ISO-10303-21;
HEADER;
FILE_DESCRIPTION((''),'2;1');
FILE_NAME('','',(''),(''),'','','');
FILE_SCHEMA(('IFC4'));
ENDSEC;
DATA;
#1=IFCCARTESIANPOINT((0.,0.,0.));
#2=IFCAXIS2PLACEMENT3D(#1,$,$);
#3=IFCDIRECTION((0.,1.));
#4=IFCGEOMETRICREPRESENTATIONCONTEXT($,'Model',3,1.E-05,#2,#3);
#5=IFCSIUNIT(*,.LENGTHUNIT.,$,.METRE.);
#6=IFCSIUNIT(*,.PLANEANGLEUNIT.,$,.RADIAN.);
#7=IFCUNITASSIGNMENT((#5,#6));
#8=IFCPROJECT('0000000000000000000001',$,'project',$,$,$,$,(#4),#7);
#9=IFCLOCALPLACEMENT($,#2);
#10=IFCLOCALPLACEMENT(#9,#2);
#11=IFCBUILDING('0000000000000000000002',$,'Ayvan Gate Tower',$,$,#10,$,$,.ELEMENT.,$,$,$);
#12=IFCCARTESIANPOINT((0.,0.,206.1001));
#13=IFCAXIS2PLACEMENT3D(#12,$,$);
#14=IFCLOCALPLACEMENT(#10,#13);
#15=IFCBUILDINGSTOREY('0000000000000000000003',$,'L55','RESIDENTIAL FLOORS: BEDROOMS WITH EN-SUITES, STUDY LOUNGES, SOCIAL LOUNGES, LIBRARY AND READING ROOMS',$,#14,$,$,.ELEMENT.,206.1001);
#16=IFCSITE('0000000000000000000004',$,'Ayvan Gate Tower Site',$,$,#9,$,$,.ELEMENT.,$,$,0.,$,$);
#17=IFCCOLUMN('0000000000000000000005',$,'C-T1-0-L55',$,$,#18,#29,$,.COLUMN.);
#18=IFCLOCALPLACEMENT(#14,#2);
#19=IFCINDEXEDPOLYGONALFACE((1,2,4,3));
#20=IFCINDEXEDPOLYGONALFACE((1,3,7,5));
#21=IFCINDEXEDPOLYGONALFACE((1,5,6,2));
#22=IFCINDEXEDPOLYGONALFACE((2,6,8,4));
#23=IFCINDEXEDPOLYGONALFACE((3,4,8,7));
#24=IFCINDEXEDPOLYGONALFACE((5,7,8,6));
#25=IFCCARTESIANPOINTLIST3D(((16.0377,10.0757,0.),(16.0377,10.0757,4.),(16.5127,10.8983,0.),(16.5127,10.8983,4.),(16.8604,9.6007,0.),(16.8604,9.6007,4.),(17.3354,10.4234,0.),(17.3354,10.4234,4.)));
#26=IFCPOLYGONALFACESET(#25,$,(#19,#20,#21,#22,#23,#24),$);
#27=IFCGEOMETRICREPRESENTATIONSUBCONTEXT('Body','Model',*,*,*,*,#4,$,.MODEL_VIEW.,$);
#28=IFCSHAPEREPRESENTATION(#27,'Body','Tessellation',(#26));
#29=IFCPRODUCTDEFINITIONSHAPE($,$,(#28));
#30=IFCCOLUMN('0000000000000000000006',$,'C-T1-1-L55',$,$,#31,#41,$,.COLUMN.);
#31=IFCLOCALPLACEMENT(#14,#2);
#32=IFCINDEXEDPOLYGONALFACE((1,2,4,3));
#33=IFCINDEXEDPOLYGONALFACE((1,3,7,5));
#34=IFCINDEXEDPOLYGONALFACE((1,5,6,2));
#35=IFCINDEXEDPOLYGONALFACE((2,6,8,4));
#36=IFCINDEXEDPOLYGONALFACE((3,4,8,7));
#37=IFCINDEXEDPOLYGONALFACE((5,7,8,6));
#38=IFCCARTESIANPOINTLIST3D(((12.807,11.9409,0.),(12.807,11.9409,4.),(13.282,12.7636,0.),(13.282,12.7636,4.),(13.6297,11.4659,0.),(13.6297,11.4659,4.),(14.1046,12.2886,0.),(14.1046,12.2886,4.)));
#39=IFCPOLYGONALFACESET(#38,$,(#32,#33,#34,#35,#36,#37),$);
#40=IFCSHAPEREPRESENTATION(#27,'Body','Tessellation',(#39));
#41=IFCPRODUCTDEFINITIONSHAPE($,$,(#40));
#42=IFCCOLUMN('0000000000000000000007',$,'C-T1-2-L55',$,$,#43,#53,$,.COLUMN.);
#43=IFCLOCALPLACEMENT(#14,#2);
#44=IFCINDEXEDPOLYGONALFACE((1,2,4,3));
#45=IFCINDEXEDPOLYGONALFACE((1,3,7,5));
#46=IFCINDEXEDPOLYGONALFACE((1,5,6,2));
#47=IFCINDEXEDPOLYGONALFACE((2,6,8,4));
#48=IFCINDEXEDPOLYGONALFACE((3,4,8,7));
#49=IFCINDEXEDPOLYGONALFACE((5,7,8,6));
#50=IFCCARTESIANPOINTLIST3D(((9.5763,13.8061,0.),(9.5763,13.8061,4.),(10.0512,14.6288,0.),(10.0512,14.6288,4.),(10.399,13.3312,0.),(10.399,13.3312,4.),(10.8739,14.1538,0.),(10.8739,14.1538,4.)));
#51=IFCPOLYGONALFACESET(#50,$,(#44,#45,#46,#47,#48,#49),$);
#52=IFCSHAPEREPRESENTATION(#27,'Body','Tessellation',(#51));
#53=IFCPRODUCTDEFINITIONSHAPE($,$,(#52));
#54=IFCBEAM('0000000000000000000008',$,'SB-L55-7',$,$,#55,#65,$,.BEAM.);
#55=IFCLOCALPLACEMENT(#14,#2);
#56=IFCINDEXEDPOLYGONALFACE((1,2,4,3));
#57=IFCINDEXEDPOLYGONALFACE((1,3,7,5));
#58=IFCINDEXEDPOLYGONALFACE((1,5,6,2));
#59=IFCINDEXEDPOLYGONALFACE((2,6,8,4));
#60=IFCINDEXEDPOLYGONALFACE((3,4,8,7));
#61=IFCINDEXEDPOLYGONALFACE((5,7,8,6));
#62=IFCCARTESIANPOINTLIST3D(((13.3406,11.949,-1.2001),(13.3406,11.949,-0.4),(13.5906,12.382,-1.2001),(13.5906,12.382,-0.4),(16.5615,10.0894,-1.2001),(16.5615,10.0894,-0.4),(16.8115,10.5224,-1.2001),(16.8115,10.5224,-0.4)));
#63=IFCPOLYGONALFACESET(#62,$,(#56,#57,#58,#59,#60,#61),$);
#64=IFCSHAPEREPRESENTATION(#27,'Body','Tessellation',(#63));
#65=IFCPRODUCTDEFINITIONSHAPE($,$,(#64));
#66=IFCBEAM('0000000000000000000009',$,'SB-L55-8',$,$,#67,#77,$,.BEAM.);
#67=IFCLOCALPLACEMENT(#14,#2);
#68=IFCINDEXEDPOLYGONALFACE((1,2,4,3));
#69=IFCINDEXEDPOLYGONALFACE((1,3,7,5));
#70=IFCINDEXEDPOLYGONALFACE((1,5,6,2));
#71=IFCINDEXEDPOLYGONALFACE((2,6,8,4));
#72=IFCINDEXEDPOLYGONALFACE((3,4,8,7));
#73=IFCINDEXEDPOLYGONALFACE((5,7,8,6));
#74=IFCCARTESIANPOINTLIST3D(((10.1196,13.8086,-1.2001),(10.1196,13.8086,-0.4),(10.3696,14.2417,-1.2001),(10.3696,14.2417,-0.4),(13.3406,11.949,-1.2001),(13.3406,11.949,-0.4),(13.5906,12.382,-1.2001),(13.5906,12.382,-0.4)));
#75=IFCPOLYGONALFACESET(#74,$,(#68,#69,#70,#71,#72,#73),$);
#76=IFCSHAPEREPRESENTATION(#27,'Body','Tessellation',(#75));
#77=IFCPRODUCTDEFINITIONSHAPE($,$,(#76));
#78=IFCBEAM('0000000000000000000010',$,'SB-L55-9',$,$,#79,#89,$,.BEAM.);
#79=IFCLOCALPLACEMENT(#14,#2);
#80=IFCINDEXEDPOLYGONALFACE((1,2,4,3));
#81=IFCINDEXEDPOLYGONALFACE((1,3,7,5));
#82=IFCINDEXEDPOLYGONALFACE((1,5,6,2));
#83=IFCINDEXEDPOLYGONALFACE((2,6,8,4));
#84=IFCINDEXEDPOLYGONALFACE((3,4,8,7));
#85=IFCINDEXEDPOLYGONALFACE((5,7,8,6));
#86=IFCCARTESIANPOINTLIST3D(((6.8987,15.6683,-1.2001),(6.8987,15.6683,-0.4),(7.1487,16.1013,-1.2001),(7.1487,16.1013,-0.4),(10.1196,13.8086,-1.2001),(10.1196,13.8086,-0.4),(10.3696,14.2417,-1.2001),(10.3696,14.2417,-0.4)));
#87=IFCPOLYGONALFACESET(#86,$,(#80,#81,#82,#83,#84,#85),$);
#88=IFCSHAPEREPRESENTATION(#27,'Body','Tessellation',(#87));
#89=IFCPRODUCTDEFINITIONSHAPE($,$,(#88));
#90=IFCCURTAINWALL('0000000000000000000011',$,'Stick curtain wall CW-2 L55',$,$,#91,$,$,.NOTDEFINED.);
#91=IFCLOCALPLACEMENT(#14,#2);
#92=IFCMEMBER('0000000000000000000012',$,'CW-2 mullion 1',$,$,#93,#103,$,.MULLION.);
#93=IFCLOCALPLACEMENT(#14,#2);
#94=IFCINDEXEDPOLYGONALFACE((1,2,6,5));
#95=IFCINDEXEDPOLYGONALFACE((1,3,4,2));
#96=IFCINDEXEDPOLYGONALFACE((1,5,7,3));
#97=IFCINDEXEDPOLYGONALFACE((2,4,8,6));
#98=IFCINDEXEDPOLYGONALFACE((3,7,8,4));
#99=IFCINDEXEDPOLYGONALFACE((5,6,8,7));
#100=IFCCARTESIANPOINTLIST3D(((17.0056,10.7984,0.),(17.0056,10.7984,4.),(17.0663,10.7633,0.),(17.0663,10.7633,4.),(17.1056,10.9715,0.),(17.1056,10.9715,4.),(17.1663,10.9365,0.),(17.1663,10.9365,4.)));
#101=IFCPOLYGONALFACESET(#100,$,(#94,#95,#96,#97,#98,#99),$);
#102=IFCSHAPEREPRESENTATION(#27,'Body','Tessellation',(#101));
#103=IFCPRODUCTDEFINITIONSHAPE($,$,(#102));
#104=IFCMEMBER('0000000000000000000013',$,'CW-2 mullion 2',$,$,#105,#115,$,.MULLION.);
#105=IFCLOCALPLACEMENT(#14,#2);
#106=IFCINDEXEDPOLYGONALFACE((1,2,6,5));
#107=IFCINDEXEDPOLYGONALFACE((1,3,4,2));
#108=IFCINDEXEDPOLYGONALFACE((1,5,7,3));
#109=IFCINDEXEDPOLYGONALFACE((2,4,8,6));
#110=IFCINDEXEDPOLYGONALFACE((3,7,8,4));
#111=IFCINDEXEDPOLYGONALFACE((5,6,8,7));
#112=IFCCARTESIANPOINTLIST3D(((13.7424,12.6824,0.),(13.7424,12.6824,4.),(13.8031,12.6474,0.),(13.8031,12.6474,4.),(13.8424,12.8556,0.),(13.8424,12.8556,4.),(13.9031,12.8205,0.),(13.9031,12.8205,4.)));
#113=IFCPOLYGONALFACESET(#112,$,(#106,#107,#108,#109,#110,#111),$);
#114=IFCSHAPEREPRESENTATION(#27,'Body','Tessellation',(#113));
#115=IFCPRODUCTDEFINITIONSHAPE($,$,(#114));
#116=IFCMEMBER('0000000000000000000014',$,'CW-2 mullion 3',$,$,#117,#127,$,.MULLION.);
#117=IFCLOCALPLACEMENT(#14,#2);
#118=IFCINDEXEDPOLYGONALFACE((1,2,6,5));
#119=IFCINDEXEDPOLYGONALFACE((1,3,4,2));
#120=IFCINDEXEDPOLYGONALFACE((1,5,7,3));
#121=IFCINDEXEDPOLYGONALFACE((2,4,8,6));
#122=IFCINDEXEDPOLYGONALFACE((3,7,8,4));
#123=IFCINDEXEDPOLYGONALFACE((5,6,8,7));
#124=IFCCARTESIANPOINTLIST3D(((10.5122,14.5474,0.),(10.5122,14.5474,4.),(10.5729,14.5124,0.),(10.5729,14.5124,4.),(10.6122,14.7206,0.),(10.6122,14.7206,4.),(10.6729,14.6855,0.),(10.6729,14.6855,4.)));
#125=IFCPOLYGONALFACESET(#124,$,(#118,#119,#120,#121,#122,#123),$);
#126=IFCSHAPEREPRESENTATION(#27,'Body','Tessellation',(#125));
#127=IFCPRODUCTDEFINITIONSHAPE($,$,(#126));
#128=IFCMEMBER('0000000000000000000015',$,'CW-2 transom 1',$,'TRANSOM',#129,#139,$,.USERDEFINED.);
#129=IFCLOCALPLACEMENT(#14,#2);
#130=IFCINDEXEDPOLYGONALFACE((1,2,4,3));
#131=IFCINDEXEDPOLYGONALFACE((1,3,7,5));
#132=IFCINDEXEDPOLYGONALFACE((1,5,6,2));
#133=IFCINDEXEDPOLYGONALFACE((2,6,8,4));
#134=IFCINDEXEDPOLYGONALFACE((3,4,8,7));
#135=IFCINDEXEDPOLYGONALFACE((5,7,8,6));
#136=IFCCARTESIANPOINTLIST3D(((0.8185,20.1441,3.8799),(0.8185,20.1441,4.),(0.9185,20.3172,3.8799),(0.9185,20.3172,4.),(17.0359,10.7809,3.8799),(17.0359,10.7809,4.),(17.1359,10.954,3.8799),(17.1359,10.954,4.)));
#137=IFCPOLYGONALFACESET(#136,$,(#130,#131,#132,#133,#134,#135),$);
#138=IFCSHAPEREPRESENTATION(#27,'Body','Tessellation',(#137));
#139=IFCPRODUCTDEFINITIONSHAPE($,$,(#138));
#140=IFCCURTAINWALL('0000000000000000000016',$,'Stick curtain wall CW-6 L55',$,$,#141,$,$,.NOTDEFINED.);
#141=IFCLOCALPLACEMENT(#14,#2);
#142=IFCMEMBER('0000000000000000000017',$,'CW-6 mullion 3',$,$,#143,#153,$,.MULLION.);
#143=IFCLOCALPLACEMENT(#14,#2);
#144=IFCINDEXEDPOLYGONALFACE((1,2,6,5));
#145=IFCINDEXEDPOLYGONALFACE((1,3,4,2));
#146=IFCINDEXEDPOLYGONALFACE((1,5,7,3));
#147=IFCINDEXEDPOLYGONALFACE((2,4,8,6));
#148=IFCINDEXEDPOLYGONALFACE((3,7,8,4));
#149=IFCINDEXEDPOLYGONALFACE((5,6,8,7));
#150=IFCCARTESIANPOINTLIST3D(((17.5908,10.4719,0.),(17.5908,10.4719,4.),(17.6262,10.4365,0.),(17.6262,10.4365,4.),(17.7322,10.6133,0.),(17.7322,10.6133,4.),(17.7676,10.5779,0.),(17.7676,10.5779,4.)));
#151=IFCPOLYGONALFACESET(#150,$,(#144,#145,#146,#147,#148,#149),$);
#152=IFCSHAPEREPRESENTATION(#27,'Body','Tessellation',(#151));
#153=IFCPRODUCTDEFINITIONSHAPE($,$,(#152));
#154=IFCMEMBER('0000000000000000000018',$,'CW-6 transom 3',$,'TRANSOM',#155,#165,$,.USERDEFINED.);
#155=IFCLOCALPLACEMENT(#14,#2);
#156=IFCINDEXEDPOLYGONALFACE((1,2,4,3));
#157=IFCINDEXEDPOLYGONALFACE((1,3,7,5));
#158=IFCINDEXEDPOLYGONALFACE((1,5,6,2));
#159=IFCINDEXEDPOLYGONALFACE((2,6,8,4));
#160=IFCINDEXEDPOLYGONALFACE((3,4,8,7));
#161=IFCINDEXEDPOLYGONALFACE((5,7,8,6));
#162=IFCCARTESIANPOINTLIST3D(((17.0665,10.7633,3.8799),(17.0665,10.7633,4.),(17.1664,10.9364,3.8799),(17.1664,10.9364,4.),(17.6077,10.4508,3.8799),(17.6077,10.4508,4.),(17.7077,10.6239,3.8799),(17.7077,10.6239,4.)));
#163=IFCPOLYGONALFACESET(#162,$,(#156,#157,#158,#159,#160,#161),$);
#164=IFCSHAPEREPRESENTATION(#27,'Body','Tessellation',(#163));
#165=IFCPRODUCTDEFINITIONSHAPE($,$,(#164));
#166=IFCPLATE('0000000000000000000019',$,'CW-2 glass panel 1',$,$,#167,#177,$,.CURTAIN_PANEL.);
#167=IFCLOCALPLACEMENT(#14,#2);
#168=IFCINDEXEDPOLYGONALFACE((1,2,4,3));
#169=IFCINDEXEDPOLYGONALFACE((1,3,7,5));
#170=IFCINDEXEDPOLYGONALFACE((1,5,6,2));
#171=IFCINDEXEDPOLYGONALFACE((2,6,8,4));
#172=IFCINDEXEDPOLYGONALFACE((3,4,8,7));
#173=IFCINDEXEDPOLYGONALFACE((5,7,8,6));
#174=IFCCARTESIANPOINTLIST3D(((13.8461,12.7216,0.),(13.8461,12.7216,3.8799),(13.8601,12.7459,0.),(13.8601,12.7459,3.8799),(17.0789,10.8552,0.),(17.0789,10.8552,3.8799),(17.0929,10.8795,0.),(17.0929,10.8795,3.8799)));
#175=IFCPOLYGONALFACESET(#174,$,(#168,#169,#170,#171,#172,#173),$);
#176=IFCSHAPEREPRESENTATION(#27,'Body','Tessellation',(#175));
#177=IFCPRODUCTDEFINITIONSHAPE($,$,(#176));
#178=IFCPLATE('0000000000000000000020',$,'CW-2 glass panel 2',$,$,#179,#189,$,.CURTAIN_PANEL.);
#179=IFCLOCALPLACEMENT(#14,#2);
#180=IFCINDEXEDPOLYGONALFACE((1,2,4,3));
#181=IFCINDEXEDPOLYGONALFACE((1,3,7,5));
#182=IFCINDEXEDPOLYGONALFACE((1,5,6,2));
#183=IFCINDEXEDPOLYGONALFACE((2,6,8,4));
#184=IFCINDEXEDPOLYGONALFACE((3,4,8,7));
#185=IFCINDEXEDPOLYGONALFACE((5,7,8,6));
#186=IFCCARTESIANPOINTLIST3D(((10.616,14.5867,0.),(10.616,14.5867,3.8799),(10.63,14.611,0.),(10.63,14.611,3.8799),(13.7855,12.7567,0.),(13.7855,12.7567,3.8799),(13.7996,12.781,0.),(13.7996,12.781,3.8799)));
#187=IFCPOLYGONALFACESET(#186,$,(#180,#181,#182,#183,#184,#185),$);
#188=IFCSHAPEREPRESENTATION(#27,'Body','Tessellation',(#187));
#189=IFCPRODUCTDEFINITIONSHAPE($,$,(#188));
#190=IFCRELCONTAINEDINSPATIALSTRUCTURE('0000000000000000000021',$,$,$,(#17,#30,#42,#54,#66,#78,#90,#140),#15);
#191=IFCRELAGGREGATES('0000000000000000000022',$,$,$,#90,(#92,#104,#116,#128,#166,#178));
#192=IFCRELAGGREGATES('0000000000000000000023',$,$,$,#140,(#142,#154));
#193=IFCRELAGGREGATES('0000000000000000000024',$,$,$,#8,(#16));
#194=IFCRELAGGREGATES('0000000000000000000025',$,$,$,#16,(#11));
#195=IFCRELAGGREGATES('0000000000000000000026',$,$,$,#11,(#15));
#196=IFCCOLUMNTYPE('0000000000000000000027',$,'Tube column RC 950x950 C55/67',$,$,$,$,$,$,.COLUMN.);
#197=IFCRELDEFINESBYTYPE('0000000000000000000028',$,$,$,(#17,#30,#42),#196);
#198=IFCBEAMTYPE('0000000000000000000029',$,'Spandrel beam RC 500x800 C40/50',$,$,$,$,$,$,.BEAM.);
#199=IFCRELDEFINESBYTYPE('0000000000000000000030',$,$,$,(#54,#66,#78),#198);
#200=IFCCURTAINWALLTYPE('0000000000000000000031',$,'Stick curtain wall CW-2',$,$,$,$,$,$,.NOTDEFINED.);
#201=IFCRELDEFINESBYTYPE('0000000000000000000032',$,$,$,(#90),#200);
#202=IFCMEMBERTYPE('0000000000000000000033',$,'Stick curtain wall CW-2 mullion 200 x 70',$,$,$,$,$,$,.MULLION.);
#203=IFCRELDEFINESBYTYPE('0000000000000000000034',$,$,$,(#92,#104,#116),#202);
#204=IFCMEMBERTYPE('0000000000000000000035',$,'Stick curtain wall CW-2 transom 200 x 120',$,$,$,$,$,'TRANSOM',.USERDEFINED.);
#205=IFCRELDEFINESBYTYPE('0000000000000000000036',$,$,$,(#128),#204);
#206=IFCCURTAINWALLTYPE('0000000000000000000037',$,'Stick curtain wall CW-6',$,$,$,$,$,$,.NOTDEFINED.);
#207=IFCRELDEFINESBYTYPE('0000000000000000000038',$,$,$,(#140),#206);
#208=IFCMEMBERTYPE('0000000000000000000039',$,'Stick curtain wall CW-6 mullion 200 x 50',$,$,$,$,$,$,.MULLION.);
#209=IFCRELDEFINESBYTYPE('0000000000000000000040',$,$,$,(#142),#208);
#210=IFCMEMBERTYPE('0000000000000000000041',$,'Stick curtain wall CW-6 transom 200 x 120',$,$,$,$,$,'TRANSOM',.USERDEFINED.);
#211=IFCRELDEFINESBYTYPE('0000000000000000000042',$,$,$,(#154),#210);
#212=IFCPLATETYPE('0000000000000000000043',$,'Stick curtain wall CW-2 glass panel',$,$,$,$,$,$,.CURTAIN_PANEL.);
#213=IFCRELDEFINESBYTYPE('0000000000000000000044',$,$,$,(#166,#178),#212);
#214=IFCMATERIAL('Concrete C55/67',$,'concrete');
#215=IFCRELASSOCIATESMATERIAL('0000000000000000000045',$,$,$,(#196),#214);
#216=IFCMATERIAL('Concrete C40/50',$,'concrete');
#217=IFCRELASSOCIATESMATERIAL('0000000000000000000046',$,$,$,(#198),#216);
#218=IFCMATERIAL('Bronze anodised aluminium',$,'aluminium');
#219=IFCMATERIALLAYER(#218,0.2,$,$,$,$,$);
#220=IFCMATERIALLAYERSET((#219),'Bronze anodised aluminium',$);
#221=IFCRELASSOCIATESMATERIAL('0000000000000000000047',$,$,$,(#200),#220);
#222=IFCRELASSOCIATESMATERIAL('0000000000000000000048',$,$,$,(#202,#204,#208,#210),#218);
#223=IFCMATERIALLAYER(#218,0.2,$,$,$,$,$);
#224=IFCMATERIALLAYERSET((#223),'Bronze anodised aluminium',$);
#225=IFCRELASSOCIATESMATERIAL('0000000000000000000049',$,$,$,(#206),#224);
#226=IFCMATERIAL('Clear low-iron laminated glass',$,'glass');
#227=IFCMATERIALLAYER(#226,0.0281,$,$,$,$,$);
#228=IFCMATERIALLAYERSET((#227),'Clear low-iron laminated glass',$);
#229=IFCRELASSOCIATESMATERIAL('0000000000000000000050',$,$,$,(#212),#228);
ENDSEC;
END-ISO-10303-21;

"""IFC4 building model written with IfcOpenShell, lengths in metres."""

from ifc_helpers import new_model, si_unit, direction, frame, origin, origin_2d, place, context, subcontext, project, spatial, rectangle, extrude, material, layer, layer_set, material_profile, profile_set, type_object, element, aggregate, save


model = new_model("IFC4")

# Units and contexts
model_context = context("Model", 3, precision=1e-05, world=origin(), true_north=direction((0.0, 1.0)))
body_context = subcontext(model_context, "Body", "Model", "MODEL_VIEW")
ifc_project = project(units=[si_unit("LENGTHUNIT", "METRE"), si_unit("PLANEANGLEUNIT", "RADIAN")], contexts=[model_context])

# Site, building, storey
site_placement = place(None, origin())
site = spatial("IfcSite", under=ifc_project, at=site_placement, Name="Ayvan Gate Tower Site", CompositionType="ELEMENT", RefElevation=0.0)
building_placement = place(site_placement, origin())
building = spatial("IfcBuilding", under=site, at=building_placement, Name="Ayvan Gate Tower", CompositionType="ELEMENT")
storey_placement = place(building_placement, frame((0.0, 0.0, 206.1001)))
storey = spatial("IfcBuildingStorey", under=building, at=storey_placement, Name="L55", Description="RESIDENTIAL FLOORS: BEDROOMS WITH EN-SUITES, STUDY LOUNGES, SOCIAL LOUNGES, LIBRARY AND READING ROOMS", CompositionType="ELEMENT", Elevation=206.1001)

# Columns
ifc_material_1 = material(Name="Concrete C55/67", Category="concrete")
ifc_material_profile_1 = material_profile(ifc_material_1, rectangle(XDim=0.95, YDim=0.95, at=origin_2d()), Name="RC 950x950")
ifc_profile_set_1 = profile_set([ifc_material_profile_1], Name="Concrete C55/67")
column_type = type_object("IfcColumnType", Name="Tube column RC 950x950 C55/67", PredefinedType="COLUMN", material=ifc_profile_set_1)
for number, where, z_axis, x_axis, name in (
    (1, (16.6865, 10.2495, 0.0), (0.0, 0.0, 1.0), (0.5, 0.866025, 0.0), "C-T1-0-L55"),
    (2, (13.4558, 12.1147, 0.0), (0.0, 0.0, 1.0), (0.5, 0.866025, 0.0), "C-T1-1-L55"),
    (3, (10.2251, 13.98, 0.0), (0.0, 0.0, 1.0), (0.5, 0.866025, 0.0), "C-T1-2-L55"),
):
    element("IfcColumn", number, at=place(storey_placement, frame(where, z_axis=z_axis, x_axis=x_axis)), inside=storey, type_object=column_type, Name=name, PredefinedType="COLUMN", context=body_context, shape_type="SweptSolid", body=[
        extrude(rectangle(XDim=0.95, YDim=0.95, at=origin_2d()), origin(), (0.0, 0.0, 1.0), 4.0),
    ])

# Beams
ifc_material_2 = material(Name="Concrete C40/50", Category="concrete")
ifc_material_profile_2 = material_profile(ifc_material_2, rectangle(XDim=0.5, YDim=0.8, at=origin_2d()), Name="RC 500x800")
ifc_profile_set_2 = profile_set([ifc_material_profile_2], Name="Concrete C40/50")
beam_type = type_object("IfcBeamType", Name="Spandrel beam RC 500x800 C40/50", PredefinedType="BEAM", material=ifc_profile_set_2)
for number, where, z_axis, x_axis, name in (
    (4, (16.6865, 10.3059, -0.8), (-0.866025, 0.500001, 0.0), (-0.500001, -0.866025, 0.0), "SB-L55-7"),
    (5, (13.4656, 12.1655, -0.8), (-0.866025, 0.500001, 0.0), (-0.500001, -0.866025, 0.0), "SB-L55-8"),
    (6, (10.2446, 14.0251, -0.8), (-0.866025, 0.500001, 0.0), (-0.500001, -0.866025, 0.0), "SB-L55-9"),
):
    element("IfcBeam", number, at=place(storey_placement, frame(where, z_axis=z_axis, x_axis=x_axis)), inside=storey, type_object=beam_type, Name=name, PredefinedType="BEAM", context=body_context, shape_type="SweptSolid", body=[
        extrude(rectangle(XDim=0.5, YDim=0.8, at=origin_2d()), origin(), (0.0, 0.0, 1.0), 3.7192),
    ])

# Curtain walls, members
ifc_material_3 = material(Name="Bronze anodised aluminium", Category="aluminium")
ifc_layer_1 = layer(ifc_material_3, 0.2)
ifc_layer_set_1 = layer_set([ifc_layer_1], Name="Bronze anodised aluminium")
curtain_wall_type_1 = type_object("IfcCurtainWallType", Name="Stick curtain wall CW-2", PredefinedType="NOTDEFINED", material=ifc_layer_set_1)
curtain_wall_1_placement = place(storey_placement, origin())
curtain_wall_1 = element("IfcCurtainWall", 7, at=curtain_wall_1_placement, inside=storey, type_object=curtain_wall_type_1, Name="Stick curtain wall CW-2 L55", PredefinedType="NOTDEFINED")
ifc_material_profile_3 = material_profile(ifc_material_3, rectangle(XDim=0.2, YDim=0.0701, at=origin_2d()), Name="Stick curtain wall CW-2 mullion 200 x 70")
ifc_profile_set_3 = profile_set([ifc_material_profile_3], Name="Bronze anodised aluminium")
member_type_1 = type_object("IfcMemberType", Name="Stick curtain wall CW-2 mullion 200 x 70", PredefinedType="MULLION", material=ifc_profile_set_3)
member_1_placement = place(storey_placement, frame((17.0859, 10.8674, 0.0), z_axis=(0.0, 0.0, 1.0), x_axis=(0.5, 0.866025, 0.0)))
member_1 = element("IfcMember", 8, at=member_1_placement, type_object=member_type_1, Name="CW-2 mullion 1", PredefinedType="MULLION", context=body_context, shape_type="SweptSolid", body=[
    extrude(rectangle(XDim=0.2, YDim=0.0701, at=origin_2d()), origin(), (0.0, 0.0, 1.0), 4.0),
])
member_2_placement = place(storey_placement, frame((13.8228, 12.7515, 0.0), z_axis=(0.0, 0.0, 1.0), x_axis=(0.5, 0.866025, 0.0)))
member_2 = element("IfcMember", 9, at=member_2_placement, type_object=member_type_1, Name="CW-2 mullion 2", PredefinedType="MULLION", context=body_context, shape_type="SweptSolid", body=[
    extrude(rectangle(XDim=0.2, YDim=0.0701, at=origin_2d()), origin(), (0.0, 0.0, 1.0), 4.0),
])
member_3_placement = place(storey_placement, frame((10.5925, 14.6165, 0.0), z_axis=(0.0, 0.0, 1.0), x_axis=(0.5, 0.866025, 0.0)))
member_3 = element("IfcMember", 10, at=member_3_placement, type_object=member_type_1, Name="CW-2 mullion 3", PredefinedType="MULLION", context=body_context, shape_type="SweptSolid", body=[
    extrude(rectangle(XDim=0.2, YDim=0.0701, at=origin_2d()), origin(), (0.0, 0.0, 1.0), 4.0),
])
ifc_material_profile_4 = material_profile(ifc_material_3, rectangle(XDim=0.2, YDim=0.1201, at=origin_2d()), Name="Stick curtain wall CW-2 transom 200 x 120")
ifc_profile_set_4 = profile_set([ifc_material_profile_4], Name="Bronze anodised aluminium")
member_type_2 = type_object("IfcMemberType", Name="Stick curtain wall CW-2 transom 200 x 120", ElementType="TRANSOM", PredefinedType="USERDEFINED", material=ifc_profile_set_4)
member_4_placement = place(storey_placement, frame((17.0859, 10.8674, 3.9399), z_axis=(-0.866023, 0.500003, 0.0), x_axis=(-0.500003, -0.866023, 0.0)))
member_4 = element("IfcMember", 11, at=member_4_placement, type_object=member_type_2, Name="CW-2 transom 1", ObjectType="TRANSOM", PredefinedType="USERDEFINED", context=body_context, shape_type="SweptSolid", body=[
    extrude(rectangle(XDim=0.2, YDim=0.1201, at=origin_2d()), origin(), (0.0, 0.0, 1.0), 18.7263),
])
ifc_layer_2 = layer(ifc_material_3, 0.2)
ifc_layer_set_2 = layer_set([ifc_layer_2], Name="Bronze anodised aluminium")
curtain_wall_type_2 = type_object("IfcCurtainWallType", Name="Stick curtain wall CW-6", PredefinedType="NOTDEFINED", material=ifc_layer_set_2)
curtain_wall_2_placement = place(storey_placement, origin())
curtain_wall_2 = element("IfcCurtainWall", 12, at=curtain_wall_2_placement, inside=storey, type_object=curtain_wall_type_2, Name="Stick curtain wall CW-6 L55", PredefinedType="NOTDEFINED")
ifc_material_profile_5 = material_profile(ifc_material_3, rectangle(XDim=0.2, YDim=0.05, at=origin_2d()), Name="Stick curtain wall CW-6 mullion 200 x 50")
ifc_profile_set_5 = profile_set([ifc_material_profile_5], Name="Bronze anodised aluminium")
member_type_3 = type_object("IfcMemberType", Name="Stick curtain wall CW-6 mullion 200 x 50", PredefinedType="MULLION", material=ifc_profile_set_5)
member_5_placement = place(storey_placement, frame((17.6792, 10.5249, 0.0), z_axis=(0.0, 0.0, 1.0), x_axis=(0.707107, 0.707107, 0.0)))
member_5 = element("IfcMember", 13, at=member_5_placement, type_object=member_type_3, Name="CW-6 mullion 3", PredefinedType="MULLION", context=body_context, shape_type="SweptSolid", body=[
    extrude(rectangle(XDim=0.2, YDim=0.05, at=origin_2d()), origin(), (0.0, 0.0, 1.0), 4.0),
])
ifc_material_profile_6 = material_profile(ifc_material_3, rectangle(XDim=0.2, YDim=0.1201, at=origin_2d()), Name="Stick curtain wall CW-6 transom 200 x 120")
ifc_profile_set_6 = profile_set([ifc_material_profile_6], Name="Bronze anodised aluminium")
member_type_4 = type_object("IfcMemberType", Name="Stick curtain wall CW-6 transom 200 x 120", ElementType="TRANSOM", PredefinedType="USERDEFINED", material=ifc_profile_set_6)
member_6_placement = place(storey_placement, frame((17.6577, 10.5374, 3.9399), z_axis=(-0.866023, 0.500004, 0.0), x_axis=(-0.500004, -0.866023, 0.0)))
member_6 = element("IfcMember", 14, at=member_6_placement, type_object=member_type_4, Name="CW-6 transom 3", ObjectType="TRANSOM", PredefinedType="USERDEFINED", context=body_context, shape_type="SweptSolid", body=[
    extrude(rectangle(XDim=0.2, YDim=0.1201, at=origin_2d()), origin(), (0.0, 0.0, 1.0), 0.625),
])

# Plates
ifc_material_4 = material(Name="Clear low-iron laminated glass", Category="glass")
ifc_layer_3 = layer(ifc_material_4, 0.0281)
ifc_layer_set_3 = layer_set([ifc_layer_3], Name="Clear low-iron laminated glass")
plate_type_1 = type_object("IfcPlateType", Name="Stick curtain wall CW-2 glass panel", PredefinedType="CURTAIN_PANEL", material=ifc_layer_set_3)
plate_1_placement = place(storey_placement, frame((15.4695, 11.8005, 0.0), z_axis=(0.0, 0.0, 1.0), x_axis=(-0.866025, 0.5, 0.0)))
plate_1 = element("IfcPlate", 15, at=plate_1_placement, type_object=plate_type_1, Name="CW-2 glass panel 1", PredefinedType="CURTAIN_PANEL", context=body_context, shape_type="SweptSolid", body=[
    extrude(rectangle(XDim=3.7329, YDim=0.0281, at=origin_2d()), origin(), (0.0, 0.0, 1.0), 3.8799),
])
plate_2_placement = place(storey_placement, frame((12.2078, 13.6838, 0.0), z_axis=(0.0, 0.0, 1.0), x_axis=(-0.866025, 0.5, 0.0)))
plate_2 = element("IfcPlate", 16, at=plate_2_placement, type_object=plate_type_1, Name="CW-2 glass panel 2", PredefinedType="CURTAIN_PANEL", context=body_context, shape_type="SweptSolid", body=[
    extrude(rectangle(XDim=3.6599, YDim=0.0281, at=origin_2d()), origin(), (0.0, 0.0, 1.0), 3.8799),
])
aggregate(curtain_wall_1, [member_1, member_2, member_3, member_4, plate_1, plate_2])
aggregate(curtain_wall_2, [member_5, member_6])

save(model, "model.ifc")
